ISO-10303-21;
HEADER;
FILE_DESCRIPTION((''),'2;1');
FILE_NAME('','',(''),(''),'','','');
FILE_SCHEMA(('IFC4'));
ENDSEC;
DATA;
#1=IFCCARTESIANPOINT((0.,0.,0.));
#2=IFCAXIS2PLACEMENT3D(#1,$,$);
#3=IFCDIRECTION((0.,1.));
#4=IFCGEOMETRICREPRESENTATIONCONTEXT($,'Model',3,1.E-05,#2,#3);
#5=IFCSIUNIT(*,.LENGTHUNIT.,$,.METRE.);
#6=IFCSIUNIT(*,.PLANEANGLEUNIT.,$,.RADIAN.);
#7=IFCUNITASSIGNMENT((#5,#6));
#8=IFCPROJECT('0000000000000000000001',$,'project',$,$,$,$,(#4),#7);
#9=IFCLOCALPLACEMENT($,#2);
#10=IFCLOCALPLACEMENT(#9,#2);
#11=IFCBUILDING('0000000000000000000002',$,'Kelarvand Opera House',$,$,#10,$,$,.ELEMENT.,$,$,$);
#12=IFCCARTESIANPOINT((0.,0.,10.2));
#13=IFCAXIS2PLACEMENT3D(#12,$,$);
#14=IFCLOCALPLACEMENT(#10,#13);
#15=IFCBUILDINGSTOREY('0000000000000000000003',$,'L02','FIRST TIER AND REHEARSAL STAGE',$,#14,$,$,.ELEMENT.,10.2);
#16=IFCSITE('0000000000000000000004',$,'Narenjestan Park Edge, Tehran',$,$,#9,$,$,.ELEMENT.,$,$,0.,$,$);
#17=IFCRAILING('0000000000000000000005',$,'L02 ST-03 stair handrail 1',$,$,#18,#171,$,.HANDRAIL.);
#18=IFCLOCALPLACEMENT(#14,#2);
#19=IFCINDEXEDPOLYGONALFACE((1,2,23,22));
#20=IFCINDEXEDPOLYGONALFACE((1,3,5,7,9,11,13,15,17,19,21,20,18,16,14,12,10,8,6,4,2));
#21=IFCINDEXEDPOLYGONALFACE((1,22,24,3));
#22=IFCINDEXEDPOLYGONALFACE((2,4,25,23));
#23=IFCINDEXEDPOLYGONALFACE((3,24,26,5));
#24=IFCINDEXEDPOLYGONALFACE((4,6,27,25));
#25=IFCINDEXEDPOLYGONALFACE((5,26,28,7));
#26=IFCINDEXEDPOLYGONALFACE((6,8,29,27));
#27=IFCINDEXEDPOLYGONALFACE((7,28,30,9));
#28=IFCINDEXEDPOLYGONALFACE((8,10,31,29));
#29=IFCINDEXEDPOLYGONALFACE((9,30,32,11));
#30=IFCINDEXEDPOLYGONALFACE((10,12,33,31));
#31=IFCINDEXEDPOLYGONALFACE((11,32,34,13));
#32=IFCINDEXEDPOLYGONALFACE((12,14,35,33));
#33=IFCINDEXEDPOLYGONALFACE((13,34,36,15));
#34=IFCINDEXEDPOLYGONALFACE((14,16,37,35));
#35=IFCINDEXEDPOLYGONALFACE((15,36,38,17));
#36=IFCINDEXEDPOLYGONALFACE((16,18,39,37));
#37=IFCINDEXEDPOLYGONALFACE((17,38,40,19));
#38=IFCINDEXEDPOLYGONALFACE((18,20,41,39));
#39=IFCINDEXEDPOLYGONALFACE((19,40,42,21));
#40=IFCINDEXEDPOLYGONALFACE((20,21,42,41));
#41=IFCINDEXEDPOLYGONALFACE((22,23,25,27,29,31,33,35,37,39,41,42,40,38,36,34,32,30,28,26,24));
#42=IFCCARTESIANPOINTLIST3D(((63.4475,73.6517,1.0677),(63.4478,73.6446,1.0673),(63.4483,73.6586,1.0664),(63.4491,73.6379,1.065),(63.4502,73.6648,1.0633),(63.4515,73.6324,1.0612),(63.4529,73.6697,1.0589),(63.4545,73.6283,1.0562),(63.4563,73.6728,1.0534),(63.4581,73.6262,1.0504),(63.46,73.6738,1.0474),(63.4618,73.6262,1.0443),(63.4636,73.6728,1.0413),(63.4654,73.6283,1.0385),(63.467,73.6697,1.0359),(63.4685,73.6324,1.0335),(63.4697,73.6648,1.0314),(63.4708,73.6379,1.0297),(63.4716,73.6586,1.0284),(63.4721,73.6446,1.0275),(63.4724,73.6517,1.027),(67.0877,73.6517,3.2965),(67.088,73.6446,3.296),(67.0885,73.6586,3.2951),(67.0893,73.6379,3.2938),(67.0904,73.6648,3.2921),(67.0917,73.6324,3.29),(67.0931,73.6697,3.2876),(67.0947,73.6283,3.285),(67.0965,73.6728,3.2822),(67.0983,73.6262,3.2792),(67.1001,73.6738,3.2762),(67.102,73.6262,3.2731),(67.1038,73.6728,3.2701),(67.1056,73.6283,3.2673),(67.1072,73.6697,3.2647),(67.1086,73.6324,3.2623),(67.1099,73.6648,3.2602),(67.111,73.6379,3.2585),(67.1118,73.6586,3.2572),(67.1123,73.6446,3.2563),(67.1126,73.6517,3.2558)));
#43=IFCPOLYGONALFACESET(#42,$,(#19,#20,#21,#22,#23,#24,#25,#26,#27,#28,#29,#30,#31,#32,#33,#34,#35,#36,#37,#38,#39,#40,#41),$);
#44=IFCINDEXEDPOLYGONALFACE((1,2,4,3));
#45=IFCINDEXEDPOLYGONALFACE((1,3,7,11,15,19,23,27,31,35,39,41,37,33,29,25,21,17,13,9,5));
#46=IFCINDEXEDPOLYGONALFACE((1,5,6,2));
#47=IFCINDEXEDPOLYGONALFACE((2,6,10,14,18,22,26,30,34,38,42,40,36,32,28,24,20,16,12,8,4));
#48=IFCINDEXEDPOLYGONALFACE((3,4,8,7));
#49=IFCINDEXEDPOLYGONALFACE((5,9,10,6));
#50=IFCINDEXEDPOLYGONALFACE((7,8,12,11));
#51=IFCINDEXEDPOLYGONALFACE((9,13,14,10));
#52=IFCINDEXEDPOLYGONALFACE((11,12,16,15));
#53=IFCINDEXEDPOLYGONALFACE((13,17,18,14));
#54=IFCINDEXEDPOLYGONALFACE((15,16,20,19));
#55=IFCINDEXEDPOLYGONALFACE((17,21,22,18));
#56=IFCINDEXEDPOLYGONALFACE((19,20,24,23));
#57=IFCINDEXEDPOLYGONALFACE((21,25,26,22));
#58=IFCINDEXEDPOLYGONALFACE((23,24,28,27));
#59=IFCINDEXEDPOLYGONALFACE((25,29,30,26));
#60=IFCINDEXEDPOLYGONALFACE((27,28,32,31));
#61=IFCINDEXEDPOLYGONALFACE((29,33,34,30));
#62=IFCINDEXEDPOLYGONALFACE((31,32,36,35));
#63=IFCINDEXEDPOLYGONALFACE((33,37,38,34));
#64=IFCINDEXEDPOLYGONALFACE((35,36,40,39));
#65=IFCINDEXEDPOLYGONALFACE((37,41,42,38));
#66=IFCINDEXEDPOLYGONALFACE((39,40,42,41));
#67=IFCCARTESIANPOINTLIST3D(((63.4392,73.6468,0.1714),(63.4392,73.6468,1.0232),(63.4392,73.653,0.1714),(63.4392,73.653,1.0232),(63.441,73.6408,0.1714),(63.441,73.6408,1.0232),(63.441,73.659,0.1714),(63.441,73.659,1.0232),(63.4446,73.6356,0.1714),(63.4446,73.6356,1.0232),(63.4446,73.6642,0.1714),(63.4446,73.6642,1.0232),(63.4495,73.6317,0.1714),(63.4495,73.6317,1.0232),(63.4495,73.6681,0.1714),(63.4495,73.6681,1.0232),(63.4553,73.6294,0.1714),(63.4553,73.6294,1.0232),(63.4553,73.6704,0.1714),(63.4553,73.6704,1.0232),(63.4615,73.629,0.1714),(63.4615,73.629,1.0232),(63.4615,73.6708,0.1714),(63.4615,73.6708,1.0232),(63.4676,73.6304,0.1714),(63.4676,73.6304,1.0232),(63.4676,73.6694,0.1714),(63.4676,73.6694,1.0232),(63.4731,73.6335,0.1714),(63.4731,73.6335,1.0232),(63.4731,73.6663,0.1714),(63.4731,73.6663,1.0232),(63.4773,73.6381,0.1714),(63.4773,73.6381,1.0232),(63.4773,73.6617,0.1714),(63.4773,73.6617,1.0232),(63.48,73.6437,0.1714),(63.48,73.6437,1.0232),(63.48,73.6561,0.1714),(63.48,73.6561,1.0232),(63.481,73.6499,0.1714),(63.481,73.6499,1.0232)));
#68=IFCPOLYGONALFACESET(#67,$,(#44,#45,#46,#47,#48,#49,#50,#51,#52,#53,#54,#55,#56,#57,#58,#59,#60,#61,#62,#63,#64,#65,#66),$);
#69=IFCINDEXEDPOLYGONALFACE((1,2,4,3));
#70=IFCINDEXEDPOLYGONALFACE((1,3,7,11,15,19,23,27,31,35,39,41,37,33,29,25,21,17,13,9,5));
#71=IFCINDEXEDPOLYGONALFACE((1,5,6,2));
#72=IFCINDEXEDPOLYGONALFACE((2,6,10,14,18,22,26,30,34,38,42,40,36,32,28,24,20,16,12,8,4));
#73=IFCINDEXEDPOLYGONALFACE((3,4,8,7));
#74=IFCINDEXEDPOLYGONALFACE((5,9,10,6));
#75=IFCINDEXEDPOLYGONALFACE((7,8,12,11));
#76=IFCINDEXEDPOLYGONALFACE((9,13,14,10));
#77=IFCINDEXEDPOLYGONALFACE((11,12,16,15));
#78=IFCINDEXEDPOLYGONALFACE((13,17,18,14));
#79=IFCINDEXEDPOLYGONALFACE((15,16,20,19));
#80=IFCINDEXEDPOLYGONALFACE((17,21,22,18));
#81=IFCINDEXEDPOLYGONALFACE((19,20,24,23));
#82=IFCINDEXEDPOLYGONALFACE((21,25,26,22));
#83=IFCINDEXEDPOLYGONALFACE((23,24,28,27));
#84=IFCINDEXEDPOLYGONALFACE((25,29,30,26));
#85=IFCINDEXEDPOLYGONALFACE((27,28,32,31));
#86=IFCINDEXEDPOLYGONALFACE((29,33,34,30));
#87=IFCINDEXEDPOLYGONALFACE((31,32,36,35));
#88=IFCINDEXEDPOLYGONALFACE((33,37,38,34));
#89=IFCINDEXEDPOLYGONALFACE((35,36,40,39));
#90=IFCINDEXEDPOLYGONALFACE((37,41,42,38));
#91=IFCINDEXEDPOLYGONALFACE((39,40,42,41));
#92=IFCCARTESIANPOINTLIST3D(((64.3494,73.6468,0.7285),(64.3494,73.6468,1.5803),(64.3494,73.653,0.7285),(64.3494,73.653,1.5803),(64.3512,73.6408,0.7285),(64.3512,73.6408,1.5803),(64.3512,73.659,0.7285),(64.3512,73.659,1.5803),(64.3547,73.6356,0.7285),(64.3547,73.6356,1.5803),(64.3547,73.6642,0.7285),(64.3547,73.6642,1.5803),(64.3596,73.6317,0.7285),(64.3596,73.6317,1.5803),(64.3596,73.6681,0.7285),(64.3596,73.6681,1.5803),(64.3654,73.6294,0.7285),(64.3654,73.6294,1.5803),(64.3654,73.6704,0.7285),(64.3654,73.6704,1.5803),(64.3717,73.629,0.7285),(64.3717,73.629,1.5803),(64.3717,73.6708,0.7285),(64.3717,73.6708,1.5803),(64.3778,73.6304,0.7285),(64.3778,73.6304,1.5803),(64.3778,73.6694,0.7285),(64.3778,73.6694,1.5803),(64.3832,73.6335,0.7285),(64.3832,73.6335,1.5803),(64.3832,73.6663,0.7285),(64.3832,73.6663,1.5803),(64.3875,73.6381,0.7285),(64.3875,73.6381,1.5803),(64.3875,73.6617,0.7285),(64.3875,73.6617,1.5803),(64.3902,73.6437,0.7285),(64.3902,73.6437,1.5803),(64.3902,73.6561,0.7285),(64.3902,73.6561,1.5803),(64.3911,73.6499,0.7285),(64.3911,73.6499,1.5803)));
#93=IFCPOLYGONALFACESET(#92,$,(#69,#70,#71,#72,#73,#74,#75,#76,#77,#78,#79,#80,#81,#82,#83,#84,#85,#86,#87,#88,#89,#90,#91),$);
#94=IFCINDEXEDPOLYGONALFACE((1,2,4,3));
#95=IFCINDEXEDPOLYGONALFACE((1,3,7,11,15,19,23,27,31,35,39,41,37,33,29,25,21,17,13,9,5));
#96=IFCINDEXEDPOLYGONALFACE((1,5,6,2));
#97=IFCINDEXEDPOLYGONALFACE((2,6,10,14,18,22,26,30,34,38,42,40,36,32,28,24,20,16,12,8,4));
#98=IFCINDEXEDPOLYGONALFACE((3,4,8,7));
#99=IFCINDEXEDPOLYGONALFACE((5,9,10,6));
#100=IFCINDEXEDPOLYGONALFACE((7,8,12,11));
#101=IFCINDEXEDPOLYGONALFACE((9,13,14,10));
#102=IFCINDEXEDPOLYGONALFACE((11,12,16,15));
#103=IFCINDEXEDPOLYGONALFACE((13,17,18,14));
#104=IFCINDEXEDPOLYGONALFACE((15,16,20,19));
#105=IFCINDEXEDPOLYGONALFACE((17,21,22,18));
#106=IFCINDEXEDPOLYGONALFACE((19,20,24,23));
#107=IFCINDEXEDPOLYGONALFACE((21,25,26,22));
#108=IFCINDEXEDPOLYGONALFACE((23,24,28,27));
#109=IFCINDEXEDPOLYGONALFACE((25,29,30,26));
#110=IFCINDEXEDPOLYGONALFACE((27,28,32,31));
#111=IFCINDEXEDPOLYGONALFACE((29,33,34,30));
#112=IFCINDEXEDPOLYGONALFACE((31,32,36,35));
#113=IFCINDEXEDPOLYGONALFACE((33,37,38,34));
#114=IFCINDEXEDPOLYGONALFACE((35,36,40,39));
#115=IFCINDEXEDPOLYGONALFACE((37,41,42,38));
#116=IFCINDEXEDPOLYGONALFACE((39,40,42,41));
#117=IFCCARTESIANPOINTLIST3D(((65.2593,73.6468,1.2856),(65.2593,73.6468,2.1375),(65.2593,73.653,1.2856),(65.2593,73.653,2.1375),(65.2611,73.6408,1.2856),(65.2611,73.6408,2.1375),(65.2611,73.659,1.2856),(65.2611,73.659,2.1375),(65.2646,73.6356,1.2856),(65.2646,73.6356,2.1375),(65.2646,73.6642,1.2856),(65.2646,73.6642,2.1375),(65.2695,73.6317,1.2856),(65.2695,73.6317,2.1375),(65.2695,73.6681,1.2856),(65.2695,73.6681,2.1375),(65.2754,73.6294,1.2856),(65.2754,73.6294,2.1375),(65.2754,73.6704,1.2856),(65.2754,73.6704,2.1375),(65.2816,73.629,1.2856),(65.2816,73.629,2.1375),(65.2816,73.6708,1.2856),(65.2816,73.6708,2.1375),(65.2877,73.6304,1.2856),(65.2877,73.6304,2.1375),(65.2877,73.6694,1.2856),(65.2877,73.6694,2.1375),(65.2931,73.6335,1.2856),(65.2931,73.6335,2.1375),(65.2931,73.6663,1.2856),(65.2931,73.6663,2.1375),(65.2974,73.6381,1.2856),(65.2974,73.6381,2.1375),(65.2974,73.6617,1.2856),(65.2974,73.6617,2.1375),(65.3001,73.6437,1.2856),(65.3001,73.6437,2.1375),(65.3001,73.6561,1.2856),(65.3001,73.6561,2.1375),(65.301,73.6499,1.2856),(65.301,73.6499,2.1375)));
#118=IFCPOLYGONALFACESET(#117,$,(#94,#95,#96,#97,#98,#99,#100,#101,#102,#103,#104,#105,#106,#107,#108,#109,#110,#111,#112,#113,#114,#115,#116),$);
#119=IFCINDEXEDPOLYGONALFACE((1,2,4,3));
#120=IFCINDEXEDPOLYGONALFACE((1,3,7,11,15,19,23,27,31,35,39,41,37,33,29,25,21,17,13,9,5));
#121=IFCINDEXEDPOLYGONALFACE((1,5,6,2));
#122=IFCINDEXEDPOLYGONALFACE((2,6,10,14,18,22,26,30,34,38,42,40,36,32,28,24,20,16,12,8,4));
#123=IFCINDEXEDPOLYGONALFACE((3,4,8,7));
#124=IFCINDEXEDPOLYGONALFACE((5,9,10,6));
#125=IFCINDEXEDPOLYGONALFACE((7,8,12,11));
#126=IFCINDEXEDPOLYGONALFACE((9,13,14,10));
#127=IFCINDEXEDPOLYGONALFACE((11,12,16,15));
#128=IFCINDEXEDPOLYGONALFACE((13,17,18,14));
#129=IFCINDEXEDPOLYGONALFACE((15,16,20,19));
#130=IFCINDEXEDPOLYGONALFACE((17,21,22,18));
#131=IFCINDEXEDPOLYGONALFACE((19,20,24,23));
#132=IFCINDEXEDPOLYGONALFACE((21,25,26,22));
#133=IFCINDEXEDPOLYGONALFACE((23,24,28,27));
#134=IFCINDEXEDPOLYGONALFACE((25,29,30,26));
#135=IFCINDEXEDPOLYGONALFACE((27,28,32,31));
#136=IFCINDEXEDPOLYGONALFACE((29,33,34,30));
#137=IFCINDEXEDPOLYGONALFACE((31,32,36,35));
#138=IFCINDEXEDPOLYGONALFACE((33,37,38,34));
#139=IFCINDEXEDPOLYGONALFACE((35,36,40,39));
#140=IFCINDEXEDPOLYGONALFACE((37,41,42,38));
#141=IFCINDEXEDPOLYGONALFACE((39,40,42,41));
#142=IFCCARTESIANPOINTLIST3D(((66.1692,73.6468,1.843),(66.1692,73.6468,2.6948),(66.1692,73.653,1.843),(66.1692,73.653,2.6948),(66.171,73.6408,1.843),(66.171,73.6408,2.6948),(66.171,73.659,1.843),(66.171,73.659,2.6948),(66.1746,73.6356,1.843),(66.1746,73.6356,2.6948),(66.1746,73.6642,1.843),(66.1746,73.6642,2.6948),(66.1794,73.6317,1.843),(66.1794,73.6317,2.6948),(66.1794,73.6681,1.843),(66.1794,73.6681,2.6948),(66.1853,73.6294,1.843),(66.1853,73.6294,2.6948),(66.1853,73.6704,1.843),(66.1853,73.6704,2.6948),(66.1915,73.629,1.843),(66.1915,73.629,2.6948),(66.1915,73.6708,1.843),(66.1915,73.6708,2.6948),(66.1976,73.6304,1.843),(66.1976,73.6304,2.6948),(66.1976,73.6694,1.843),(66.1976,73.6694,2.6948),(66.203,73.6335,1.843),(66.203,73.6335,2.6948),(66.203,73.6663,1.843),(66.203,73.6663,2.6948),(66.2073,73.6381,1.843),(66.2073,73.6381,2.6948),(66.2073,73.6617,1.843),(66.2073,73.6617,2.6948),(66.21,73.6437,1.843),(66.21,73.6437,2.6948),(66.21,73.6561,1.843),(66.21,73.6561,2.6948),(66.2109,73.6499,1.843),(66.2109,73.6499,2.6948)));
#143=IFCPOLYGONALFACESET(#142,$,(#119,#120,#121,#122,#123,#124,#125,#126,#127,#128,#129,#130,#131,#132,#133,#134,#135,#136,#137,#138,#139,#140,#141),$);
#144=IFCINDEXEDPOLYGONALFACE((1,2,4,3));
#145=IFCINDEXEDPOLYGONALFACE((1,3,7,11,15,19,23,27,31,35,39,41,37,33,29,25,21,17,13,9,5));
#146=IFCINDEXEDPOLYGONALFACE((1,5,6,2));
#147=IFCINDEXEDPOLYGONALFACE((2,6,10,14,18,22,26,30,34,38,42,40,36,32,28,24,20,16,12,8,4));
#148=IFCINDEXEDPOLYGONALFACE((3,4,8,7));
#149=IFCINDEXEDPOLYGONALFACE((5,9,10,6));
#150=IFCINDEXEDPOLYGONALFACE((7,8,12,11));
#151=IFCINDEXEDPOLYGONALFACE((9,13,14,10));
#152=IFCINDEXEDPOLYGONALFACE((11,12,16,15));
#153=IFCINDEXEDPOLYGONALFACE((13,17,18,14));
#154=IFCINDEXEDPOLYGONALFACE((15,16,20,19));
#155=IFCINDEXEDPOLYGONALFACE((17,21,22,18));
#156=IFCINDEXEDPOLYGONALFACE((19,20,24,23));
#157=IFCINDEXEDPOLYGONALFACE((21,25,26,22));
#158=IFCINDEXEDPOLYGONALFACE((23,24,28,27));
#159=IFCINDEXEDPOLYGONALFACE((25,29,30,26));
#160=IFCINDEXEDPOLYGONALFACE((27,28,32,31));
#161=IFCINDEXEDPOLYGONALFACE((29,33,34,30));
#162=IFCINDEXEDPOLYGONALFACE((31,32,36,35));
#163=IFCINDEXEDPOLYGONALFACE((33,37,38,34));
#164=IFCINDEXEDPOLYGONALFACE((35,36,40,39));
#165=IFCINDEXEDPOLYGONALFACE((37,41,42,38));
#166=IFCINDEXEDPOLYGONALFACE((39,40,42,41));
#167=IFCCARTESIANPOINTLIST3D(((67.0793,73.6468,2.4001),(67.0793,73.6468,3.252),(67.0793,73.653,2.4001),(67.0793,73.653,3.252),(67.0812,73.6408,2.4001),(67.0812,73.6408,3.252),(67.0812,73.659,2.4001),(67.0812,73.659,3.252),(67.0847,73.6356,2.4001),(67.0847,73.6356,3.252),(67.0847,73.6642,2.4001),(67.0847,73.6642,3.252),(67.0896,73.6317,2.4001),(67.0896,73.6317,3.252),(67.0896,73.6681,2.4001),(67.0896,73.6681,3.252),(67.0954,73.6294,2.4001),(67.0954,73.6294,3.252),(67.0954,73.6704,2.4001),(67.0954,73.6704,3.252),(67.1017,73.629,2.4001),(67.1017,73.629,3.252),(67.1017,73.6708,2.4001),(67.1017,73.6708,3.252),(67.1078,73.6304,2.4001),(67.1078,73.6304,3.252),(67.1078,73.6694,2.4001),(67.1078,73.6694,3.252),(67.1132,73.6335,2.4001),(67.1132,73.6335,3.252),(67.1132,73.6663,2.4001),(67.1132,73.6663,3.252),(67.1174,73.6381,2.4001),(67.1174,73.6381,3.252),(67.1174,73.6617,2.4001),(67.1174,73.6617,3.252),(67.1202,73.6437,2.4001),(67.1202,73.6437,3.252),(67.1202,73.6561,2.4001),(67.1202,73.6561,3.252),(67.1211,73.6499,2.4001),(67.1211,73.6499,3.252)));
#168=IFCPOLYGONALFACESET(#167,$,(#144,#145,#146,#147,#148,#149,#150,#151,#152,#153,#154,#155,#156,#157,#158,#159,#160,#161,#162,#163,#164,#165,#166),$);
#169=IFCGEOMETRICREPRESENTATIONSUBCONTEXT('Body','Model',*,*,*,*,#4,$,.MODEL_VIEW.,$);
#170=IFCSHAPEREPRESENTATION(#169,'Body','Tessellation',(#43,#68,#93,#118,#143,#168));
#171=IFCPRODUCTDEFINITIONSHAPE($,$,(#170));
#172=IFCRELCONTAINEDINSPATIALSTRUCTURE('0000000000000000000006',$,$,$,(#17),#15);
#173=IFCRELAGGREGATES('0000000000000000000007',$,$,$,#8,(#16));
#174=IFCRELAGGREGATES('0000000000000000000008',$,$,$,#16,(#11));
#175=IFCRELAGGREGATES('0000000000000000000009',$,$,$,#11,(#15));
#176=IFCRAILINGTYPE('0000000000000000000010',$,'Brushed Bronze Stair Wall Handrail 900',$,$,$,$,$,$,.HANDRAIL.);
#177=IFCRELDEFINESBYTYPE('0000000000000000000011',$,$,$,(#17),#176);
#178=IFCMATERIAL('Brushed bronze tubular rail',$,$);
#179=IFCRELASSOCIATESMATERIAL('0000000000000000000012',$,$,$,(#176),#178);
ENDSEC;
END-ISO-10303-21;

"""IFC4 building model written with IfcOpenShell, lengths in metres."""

from ifc_helpers import new_model, si_unit, direction, frame, origin, origin_2d, place, context, subcontext, project, spatial, circle, extrude, material, type_object, element, save


model = new_model("IFC4")

# Units and contexts
model_context = context("Model", 3, precision=1e-05, world=origin(), true_north=direction((0.0, 1.0)))
body_context = subcontext(model_context, "Body", "Model", "MODEL_VIEW")
ifc_project = project(units=[si_unit("LENGTHUNIT", "METRE"), si_unit("PLANEANGLEUNIT", "RADIAN")], contexts=[model_context])

# Site, building, storey
site_placement = place(None, origin())
site = spatial("IfcSite", under=ifc_project, at=site_placement, Name="Narenjestan Park Edge, Tehran", CompositionType="ELEMENT", RefElevation=0.0)
building_placement = place(site_placement, origin())
building = spatial("IfcBuilding", under=site, at=building_placement, Name="Kelarvand Opera House", CompositionType="ELEMENT")
storey_placement = place(building_placement, frame((0.0, 0.0, 10.2)))
storey = spatial("IfcBuildingStorey", under=building, at=storey_placement, Name="L02", Description="FIRST TIER AND REHEARSAL STAGE", CompositionType="ELEMENT", Elevation=10.2)

# Railing
ifc_material_1 = material(Name="Brushed bronze tubular rail")
railing_type_1 = type_object("IfcRailingType", Name="Brushed Bronze Stair Wall Handrail 900", PredefinedType="HANDRAIL", material=ifc_material_1)
railing_1_placement = place(storey_placement, frame((63.46, 73.6499, 0.1714)))
element("IfcRailing", 1, at=railing_1_placement, inside=storey, type_object=railing_type_1, Name="L02 ST-03 stair handrail 1", PredefinedType="HANDRAIL", context=body_context, shape_type="SweptSolid", body=[
    extrude(circle(Radius=0.0239, at=origin_2d()), frame((0.0, 0.0, 0.876), z_axis=(0.85284, 0.0, 0.522172), x_axis=(0.0, 1.0, 0.0)), (0.0, 0.0, 1.0), 4.2683),
    extrude(circle(Radius=0.021, at=origin_2d()), origin(), (0.0, 0.0, 1.0), 0.8518),
    extrude(circle(Radius=0.021, at=origin_2d()), frame((0.9102, 0.0, 0.5571)), (0.0, 0.0, 1.0), 0.8518),
    extrude(circle(Radius=0.021, at=origin_2d()), frame((1.8201, 0.0, 1.1143)), (0.0, 0.0, 1.0), 0.8518),
    extrude(circle(Radius=0.021, at=origin_2d()), frame((2.73, 0.0, 1.6716)), (0.0, 0.0, 1.0), 0.8518),
    extrude(circle(Radius=0.021, at=origin_2d()), frame((3.6401, 0.0, 2.2288)), (0.0, 0.0, 1.0), 0.8518),
])

save(model, "model.ifc")
